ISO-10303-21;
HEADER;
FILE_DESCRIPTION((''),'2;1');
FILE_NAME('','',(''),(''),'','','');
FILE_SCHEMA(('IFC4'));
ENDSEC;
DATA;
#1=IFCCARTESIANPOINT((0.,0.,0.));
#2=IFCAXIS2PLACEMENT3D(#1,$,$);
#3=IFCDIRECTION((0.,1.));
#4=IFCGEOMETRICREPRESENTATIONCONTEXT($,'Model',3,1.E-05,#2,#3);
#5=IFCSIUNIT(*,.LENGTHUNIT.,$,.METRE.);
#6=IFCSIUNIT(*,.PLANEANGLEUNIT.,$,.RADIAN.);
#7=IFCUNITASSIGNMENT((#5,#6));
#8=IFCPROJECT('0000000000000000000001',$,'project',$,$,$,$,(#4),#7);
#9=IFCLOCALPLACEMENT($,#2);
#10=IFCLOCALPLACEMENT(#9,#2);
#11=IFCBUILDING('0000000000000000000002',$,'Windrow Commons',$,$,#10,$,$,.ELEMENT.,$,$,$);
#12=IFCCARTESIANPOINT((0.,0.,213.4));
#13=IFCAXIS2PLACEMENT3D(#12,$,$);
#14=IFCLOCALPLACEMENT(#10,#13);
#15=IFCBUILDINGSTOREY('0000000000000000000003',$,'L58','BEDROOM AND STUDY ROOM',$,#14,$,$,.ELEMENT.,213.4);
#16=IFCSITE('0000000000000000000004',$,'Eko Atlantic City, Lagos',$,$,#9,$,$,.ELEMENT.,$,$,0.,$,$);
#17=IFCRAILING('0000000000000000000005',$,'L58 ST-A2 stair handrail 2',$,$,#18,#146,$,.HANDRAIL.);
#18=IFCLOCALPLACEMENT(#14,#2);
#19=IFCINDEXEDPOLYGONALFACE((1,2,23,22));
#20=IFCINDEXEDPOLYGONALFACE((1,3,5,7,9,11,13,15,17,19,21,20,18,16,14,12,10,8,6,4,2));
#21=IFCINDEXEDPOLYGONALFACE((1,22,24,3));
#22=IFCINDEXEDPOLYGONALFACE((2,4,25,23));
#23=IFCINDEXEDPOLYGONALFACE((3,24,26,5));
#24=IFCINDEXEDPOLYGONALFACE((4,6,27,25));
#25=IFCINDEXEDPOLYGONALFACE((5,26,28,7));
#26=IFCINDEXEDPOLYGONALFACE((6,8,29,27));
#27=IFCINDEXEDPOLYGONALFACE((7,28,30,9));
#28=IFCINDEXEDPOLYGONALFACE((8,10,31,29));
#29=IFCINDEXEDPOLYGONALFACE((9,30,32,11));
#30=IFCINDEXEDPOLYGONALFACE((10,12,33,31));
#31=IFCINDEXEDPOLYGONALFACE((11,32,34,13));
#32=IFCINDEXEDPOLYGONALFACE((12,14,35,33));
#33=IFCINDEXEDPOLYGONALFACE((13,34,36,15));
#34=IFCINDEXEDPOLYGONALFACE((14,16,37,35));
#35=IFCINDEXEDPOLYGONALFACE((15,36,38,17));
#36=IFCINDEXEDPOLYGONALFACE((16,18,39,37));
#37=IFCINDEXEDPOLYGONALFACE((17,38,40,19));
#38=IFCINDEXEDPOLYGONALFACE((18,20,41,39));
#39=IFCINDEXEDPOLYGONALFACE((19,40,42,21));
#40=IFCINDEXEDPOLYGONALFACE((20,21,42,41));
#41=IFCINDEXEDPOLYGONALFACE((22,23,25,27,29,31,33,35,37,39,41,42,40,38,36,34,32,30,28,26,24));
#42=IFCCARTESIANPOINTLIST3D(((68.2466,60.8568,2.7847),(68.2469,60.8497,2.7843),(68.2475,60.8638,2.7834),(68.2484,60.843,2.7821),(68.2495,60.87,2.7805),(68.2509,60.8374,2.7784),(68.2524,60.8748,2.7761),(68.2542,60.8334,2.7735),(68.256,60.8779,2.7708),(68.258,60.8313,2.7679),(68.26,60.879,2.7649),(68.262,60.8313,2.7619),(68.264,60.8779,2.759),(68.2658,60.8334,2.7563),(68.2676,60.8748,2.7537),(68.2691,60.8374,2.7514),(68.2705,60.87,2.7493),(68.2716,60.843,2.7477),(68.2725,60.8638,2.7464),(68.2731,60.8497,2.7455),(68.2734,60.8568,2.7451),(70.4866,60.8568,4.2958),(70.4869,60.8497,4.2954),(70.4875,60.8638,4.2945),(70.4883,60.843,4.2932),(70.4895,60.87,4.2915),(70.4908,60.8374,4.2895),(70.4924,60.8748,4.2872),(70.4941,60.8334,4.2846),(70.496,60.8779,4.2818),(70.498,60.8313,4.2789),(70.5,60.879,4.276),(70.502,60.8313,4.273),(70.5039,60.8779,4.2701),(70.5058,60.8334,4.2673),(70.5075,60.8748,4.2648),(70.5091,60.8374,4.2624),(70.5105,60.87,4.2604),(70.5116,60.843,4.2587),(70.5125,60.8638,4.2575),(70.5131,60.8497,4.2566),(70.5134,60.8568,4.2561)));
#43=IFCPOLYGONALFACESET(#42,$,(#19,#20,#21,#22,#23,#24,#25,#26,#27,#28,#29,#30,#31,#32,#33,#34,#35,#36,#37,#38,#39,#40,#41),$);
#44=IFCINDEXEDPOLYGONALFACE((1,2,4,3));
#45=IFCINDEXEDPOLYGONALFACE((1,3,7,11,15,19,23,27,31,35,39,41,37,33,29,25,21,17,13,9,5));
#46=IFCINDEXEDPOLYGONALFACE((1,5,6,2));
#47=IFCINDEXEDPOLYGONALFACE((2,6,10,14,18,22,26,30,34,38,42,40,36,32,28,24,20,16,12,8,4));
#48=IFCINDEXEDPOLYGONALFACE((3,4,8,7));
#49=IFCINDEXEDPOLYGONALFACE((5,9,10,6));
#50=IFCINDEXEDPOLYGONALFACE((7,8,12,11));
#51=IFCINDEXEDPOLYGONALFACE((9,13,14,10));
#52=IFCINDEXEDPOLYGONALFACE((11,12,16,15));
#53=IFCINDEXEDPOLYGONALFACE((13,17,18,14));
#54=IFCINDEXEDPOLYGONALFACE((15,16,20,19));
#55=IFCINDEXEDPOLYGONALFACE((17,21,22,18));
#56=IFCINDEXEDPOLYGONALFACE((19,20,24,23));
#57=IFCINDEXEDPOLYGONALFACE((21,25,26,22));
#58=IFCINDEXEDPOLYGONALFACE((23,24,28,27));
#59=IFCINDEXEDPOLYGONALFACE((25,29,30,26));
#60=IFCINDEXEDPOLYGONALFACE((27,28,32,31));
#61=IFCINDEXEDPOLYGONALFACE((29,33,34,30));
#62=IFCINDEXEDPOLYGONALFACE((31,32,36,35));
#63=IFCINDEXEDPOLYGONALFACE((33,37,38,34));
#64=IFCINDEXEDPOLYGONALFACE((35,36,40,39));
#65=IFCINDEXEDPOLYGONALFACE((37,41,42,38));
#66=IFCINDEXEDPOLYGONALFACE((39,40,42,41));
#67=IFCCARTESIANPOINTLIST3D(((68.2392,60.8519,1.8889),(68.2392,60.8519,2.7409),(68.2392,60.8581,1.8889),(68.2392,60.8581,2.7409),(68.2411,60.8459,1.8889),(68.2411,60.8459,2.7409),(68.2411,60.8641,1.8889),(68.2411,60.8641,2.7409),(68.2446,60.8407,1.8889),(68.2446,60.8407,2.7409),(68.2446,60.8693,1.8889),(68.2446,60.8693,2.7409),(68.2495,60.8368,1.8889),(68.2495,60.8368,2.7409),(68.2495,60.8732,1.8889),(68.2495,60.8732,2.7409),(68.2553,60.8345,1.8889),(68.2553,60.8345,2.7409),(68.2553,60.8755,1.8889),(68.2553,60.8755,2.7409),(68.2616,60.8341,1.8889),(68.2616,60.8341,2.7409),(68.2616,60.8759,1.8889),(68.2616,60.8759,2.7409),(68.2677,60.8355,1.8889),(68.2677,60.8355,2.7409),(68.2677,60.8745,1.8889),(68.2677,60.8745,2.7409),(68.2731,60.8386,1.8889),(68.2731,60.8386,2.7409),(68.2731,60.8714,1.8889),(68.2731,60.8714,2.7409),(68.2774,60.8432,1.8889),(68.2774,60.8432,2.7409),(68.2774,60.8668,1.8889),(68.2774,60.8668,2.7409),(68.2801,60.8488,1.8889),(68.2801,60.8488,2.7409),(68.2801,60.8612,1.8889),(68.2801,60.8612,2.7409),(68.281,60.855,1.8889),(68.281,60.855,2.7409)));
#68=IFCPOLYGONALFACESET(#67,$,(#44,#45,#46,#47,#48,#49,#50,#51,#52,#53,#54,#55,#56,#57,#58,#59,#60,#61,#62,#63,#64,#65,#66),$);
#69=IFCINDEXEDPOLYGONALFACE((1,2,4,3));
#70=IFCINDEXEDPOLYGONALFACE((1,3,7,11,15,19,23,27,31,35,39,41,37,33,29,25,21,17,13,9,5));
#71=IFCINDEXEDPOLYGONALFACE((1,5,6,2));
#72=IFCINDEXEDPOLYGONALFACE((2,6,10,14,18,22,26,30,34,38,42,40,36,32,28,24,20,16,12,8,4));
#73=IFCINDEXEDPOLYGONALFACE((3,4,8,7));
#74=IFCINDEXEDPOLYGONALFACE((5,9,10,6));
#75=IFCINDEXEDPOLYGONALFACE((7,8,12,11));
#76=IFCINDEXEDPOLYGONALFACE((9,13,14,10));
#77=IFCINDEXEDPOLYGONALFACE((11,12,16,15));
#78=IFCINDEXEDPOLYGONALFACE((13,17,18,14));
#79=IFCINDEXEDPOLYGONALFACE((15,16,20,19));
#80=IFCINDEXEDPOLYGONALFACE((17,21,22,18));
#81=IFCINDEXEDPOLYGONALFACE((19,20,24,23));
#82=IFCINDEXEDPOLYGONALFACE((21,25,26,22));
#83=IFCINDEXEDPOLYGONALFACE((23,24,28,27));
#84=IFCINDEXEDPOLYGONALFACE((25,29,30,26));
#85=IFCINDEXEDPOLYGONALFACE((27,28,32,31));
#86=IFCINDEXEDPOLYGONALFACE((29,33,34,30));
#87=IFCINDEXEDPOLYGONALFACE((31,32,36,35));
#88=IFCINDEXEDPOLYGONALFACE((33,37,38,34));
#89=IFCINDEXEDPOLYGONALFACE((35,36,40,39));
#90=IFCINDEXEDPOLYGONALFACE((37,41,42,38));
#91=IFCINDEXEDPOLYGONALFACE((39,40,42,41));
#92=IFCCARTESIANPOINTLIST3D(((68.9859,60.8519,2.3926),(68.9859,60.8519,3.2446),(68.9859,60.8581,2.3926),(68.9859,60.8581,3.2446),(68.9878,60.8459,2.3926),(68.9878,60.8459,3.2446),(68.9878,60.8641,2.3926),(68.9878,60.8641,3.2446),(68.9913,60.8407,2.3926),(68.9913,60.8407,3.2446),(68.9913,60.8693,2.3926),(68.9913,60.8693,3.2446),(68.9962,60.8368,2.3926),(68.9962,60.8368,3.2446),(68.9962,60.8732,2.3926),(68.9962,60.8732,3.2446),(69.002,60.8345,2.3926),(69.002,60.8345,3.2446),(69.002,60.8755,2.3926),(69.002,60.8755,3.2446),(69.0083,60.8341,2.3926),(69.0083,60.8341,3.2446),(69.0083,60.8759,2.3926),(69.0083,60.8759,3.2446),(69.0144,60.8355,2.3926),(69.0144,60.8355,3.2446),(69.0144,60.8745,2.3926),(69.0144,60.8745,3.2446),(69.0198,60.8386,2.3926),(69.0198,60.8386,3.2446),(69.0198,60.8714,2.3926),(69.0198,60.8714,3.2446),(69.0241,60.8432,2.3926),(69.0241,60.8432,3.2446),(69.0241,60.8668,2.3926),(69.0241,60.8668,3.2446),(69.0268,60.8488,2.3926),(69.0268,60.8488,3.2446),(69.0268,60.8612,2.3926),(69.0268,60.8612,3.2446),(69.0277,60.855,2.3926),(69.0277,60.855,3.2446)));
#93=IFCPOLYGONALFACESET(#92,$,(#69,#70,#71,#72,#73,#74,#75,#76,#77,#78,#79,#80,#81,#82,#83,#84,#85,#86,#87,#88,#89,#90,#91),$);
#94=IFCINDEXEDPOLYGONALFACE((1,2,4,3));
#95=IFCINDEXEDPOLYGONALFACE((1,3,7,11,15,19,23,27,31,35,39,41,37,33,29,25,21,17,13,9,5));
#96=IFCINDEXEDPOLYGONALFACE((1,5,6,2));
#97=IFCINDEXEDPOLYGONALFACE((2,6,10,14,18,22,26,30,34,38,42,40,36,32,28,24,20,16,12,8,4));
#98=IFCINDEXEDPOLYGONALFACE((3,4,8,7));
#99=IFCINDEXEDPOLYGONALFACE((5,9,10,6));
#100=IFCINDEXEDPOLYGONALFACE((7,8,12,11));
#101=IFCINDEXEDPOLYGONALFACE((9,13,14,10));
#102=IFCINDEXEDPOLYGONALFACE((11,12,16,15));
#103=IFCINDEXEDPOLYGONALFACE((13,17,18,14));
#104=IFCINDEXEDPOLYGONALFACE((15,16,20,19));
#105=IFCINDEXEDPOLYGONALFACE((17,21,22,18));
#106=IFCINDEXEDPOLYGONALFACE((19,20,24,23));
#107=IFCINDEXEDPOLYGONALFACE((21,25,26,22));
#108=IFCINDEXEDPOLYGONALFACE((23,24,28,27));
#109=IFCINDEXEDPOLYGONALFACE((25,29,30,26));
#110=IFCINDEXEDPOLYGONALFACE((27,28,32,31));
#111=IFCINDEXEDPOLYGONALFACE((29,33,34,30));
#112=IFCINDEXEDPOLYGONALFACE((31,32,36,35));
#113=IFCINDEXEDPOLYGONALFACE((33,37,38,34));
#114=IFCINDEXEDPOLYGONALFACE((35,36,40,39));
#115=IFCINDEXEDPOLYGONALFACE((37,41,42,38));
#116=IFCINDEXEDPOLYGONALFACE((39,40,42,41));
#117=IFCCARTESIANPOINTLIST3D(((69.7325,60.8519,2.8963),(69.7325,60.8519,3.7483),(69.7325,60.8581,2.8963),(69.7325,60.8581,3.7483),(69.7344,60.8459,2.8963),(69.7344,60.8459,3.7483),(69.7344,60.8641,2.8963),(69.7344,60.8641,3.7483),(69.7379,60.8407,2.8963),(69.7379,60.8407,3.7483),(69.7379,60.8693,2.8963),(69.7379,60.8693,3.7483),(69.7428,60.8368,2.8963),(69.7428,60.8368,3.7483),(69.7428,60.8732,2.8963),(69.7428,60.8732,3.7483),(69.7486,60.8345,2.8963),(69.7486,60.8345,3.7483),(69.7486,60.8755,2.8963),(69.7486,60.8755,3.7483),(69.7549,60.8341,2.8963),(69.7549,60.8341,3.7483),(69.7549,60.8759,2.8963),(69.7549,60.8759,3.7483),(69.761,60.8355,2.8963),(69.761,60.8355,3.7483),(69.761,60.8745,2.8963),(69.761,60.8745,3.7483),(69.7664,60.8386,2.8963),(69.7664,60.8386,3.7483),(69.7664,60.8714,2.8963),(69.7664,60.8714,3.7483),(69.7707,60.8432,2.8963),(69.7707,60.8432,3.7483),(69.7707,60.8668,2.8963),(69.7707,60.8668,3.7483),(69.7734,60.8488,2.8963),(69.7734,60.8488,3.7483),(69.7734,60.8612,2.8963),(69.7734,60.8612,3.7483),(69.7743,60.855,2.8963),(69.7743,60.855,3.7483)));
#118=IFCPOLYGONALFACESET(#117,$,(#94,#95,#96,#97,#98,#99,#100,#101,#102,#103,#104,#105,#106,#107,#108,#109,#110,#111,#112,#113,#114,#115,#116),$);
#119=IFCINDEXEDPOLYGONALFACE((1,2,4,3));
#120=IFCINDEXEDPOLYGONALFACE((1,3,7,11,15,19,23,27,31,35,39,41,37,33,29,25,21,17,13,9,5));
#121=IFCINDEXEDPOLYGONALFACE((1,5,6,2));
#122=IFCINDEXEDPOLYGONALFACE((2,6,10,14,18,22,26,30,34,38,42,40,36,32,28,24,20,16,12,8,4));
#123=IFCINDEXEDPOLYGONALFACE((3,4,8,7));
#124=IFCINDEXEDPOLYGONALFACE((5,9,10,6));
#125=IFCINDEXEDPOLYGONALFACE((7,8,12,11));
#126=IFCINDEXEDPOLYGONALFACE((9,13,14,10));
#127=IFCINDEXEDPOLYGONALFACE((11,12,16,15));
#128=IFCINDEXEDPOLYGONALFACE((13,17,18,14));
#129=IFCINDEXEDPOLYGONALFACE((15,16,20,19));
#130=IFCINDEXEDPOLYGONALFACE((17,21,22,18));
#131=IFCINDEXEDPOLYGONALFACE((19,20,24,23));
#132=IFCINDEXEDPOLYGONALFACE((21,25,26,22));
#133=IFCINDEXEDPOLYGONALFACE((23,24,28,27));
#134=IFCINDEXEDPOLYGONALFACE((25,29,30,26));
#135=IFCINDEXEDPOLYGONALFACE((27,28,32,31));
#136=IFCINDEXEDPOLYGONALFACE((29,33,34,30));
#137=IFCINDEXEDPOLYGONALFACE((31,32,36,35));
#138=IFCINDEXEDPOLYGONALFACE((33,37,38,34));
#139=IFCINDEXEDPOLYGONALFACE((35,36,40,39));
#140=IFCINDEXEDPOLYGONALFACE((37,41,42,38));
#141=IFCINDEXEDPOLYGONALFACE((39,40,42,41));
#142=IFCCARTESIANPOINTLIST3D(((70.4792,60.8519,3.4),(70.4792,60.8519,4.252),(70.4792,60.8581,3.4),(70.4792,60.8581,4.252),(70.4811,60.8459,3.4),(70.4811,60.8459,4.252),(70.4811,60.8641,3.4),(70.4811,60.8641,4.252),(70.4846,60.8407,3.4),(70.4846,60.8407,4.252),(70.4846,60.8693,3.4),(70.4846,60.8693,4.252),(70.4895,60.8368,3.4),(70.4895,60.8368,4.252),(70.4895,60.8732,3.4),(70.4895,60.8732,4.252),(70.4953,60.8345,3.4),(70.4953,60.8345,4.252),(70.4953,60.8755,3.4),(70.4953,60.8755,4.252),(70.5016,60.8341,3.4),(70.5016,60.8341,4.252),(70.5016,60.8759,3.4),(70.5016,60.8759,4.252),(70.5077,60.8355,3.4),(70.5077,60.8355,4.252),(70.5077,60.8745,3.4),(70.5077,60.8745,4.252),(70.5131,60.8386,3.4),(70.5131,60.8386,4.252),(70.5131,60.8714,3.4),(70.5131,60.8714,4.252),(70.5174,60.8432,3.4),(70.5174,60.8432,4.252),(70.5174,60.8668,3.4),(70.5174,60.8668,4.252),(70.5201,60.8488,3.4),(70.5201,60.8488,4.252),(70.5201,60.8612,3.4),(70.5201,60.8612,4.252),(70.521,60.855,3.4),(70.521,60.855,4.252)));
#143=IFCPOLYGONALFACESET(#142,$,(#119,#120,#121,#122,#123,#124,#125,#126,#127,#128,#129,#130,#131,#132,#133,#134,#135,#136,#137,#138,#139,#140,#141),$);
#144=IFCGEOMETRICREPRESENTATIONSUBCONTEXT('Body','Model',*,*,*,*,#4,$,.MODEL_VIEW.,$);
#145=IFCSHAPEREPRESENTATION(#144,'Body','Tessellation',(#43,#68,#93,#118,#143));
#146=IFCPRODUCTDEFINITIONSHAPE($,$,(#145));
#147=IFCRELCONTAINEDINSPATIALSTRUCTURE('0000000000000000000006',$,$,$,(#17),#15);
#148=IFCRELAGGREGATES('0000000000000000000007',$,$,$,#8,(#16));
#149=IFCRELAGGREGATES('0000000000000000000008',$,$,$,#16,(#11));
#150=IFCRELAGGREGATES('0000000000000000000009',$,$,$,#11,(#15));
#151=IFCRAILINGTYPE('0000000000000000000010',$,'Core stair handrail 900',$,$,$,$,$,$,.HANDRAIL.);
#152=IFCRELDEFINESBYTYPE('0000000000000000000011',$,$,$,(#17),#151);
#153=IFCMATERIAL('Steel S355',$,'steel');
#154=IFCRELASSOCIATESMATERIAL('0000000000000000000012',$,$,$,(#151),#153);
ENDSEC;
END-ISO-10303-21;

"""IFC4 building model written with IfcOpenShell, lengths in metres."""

from ifc_helpers import new_model, si_unit, direction, frame, origin, origin_2d, place, context, subcontext, project, spatial, circle, extrude, material, type_object, element, save


model = new_model("IFC4")

# Units and contexts
model_context = context("Model", 3, precision=1e-05, world=origin(), true_north=direction((0.0, 1.0)))
body_context = subcontext(model_context, "Body", "Model", "MODEL_VIEW")
ifc_project = project(units=[si_unit("LENGTHUNIT", "METRE"), si_unit("PLANEANGLEUNIT", "RADIAN")], contexts=[model_context])

# Site, building, storey
site_placement = place(None, origin())
site = spatial("IfcSite", under=ifc_project, at=site_placement, Name="Eko Atlantic City, Lagos", CompositionType="ELEMENT", RefElevation=0.0)
building_placement = place(site_placement, origin())
building = spatial("IfcBuilding", under=site, at=building_placement, Name="Windrow Commons", CompositionType="ELEMENT")
storey_placement = place(building_placement, frame((0.0, 0.0, 213.4)))
storey = spatial("IfcBuildingStorey", under=building, at=storey_placement, Name="L58", Description="BEDROOM AND STUDY ROOM", CompositionType="ELEMENT", Elevation=213.4)

# Railing
ifc_material_1 = material(Name="Steel S355", Category="steel")
railing_type_1 = type_object("IfcRailingType", Name="Core stair handrail 900", PredefinedType="HANDRAIL", material=ifc_material_1)
railing_1_placement = place(storey_placement, frame((68.26, 60.855, 1.8889)))
element("IfcRailing", 1, at=railing_1_placement, inside=storey, type_object=railing_type_1, Name="L58 ST-A2 stair handrail 2", PredefinedType="HANDRAIL", context=body_context, shape_type="SweptSolid", body=[
    extrude(circle(Radius=0.024, at=origin_2d()), frame((0.0, 0.0, 0.876), z_axis=(0.829003, 0.0, 0.559244), x_axis=(0.0, 1.0, 0.0)), (0.0, 0.0, 1.0), 2.702),
    extrude(circle(Radius=0.021, at=origin_2d()), origin(), (0.0, 0.0, 1.0), 0.852),
    extrude(circle(Radius=0.021, at=origin_2d()), frame((0.7467, 0.0, 0.5037)), (0.0, 0.0, 1.0), 0.852),
    extrude(circle(Radius=0.021, at=origin_2d()), frame((1.4933, 0.0, 1.0074)), (0.0, 0.0, 1.0), 0.852),
    extrude(circle(Radius=0.021, at=origin_2d()), frame((2.24, 0.0, 1.5111)), (0.0, 0.0, 1.0), 0.852),
])

save(model, "model.ifc")
